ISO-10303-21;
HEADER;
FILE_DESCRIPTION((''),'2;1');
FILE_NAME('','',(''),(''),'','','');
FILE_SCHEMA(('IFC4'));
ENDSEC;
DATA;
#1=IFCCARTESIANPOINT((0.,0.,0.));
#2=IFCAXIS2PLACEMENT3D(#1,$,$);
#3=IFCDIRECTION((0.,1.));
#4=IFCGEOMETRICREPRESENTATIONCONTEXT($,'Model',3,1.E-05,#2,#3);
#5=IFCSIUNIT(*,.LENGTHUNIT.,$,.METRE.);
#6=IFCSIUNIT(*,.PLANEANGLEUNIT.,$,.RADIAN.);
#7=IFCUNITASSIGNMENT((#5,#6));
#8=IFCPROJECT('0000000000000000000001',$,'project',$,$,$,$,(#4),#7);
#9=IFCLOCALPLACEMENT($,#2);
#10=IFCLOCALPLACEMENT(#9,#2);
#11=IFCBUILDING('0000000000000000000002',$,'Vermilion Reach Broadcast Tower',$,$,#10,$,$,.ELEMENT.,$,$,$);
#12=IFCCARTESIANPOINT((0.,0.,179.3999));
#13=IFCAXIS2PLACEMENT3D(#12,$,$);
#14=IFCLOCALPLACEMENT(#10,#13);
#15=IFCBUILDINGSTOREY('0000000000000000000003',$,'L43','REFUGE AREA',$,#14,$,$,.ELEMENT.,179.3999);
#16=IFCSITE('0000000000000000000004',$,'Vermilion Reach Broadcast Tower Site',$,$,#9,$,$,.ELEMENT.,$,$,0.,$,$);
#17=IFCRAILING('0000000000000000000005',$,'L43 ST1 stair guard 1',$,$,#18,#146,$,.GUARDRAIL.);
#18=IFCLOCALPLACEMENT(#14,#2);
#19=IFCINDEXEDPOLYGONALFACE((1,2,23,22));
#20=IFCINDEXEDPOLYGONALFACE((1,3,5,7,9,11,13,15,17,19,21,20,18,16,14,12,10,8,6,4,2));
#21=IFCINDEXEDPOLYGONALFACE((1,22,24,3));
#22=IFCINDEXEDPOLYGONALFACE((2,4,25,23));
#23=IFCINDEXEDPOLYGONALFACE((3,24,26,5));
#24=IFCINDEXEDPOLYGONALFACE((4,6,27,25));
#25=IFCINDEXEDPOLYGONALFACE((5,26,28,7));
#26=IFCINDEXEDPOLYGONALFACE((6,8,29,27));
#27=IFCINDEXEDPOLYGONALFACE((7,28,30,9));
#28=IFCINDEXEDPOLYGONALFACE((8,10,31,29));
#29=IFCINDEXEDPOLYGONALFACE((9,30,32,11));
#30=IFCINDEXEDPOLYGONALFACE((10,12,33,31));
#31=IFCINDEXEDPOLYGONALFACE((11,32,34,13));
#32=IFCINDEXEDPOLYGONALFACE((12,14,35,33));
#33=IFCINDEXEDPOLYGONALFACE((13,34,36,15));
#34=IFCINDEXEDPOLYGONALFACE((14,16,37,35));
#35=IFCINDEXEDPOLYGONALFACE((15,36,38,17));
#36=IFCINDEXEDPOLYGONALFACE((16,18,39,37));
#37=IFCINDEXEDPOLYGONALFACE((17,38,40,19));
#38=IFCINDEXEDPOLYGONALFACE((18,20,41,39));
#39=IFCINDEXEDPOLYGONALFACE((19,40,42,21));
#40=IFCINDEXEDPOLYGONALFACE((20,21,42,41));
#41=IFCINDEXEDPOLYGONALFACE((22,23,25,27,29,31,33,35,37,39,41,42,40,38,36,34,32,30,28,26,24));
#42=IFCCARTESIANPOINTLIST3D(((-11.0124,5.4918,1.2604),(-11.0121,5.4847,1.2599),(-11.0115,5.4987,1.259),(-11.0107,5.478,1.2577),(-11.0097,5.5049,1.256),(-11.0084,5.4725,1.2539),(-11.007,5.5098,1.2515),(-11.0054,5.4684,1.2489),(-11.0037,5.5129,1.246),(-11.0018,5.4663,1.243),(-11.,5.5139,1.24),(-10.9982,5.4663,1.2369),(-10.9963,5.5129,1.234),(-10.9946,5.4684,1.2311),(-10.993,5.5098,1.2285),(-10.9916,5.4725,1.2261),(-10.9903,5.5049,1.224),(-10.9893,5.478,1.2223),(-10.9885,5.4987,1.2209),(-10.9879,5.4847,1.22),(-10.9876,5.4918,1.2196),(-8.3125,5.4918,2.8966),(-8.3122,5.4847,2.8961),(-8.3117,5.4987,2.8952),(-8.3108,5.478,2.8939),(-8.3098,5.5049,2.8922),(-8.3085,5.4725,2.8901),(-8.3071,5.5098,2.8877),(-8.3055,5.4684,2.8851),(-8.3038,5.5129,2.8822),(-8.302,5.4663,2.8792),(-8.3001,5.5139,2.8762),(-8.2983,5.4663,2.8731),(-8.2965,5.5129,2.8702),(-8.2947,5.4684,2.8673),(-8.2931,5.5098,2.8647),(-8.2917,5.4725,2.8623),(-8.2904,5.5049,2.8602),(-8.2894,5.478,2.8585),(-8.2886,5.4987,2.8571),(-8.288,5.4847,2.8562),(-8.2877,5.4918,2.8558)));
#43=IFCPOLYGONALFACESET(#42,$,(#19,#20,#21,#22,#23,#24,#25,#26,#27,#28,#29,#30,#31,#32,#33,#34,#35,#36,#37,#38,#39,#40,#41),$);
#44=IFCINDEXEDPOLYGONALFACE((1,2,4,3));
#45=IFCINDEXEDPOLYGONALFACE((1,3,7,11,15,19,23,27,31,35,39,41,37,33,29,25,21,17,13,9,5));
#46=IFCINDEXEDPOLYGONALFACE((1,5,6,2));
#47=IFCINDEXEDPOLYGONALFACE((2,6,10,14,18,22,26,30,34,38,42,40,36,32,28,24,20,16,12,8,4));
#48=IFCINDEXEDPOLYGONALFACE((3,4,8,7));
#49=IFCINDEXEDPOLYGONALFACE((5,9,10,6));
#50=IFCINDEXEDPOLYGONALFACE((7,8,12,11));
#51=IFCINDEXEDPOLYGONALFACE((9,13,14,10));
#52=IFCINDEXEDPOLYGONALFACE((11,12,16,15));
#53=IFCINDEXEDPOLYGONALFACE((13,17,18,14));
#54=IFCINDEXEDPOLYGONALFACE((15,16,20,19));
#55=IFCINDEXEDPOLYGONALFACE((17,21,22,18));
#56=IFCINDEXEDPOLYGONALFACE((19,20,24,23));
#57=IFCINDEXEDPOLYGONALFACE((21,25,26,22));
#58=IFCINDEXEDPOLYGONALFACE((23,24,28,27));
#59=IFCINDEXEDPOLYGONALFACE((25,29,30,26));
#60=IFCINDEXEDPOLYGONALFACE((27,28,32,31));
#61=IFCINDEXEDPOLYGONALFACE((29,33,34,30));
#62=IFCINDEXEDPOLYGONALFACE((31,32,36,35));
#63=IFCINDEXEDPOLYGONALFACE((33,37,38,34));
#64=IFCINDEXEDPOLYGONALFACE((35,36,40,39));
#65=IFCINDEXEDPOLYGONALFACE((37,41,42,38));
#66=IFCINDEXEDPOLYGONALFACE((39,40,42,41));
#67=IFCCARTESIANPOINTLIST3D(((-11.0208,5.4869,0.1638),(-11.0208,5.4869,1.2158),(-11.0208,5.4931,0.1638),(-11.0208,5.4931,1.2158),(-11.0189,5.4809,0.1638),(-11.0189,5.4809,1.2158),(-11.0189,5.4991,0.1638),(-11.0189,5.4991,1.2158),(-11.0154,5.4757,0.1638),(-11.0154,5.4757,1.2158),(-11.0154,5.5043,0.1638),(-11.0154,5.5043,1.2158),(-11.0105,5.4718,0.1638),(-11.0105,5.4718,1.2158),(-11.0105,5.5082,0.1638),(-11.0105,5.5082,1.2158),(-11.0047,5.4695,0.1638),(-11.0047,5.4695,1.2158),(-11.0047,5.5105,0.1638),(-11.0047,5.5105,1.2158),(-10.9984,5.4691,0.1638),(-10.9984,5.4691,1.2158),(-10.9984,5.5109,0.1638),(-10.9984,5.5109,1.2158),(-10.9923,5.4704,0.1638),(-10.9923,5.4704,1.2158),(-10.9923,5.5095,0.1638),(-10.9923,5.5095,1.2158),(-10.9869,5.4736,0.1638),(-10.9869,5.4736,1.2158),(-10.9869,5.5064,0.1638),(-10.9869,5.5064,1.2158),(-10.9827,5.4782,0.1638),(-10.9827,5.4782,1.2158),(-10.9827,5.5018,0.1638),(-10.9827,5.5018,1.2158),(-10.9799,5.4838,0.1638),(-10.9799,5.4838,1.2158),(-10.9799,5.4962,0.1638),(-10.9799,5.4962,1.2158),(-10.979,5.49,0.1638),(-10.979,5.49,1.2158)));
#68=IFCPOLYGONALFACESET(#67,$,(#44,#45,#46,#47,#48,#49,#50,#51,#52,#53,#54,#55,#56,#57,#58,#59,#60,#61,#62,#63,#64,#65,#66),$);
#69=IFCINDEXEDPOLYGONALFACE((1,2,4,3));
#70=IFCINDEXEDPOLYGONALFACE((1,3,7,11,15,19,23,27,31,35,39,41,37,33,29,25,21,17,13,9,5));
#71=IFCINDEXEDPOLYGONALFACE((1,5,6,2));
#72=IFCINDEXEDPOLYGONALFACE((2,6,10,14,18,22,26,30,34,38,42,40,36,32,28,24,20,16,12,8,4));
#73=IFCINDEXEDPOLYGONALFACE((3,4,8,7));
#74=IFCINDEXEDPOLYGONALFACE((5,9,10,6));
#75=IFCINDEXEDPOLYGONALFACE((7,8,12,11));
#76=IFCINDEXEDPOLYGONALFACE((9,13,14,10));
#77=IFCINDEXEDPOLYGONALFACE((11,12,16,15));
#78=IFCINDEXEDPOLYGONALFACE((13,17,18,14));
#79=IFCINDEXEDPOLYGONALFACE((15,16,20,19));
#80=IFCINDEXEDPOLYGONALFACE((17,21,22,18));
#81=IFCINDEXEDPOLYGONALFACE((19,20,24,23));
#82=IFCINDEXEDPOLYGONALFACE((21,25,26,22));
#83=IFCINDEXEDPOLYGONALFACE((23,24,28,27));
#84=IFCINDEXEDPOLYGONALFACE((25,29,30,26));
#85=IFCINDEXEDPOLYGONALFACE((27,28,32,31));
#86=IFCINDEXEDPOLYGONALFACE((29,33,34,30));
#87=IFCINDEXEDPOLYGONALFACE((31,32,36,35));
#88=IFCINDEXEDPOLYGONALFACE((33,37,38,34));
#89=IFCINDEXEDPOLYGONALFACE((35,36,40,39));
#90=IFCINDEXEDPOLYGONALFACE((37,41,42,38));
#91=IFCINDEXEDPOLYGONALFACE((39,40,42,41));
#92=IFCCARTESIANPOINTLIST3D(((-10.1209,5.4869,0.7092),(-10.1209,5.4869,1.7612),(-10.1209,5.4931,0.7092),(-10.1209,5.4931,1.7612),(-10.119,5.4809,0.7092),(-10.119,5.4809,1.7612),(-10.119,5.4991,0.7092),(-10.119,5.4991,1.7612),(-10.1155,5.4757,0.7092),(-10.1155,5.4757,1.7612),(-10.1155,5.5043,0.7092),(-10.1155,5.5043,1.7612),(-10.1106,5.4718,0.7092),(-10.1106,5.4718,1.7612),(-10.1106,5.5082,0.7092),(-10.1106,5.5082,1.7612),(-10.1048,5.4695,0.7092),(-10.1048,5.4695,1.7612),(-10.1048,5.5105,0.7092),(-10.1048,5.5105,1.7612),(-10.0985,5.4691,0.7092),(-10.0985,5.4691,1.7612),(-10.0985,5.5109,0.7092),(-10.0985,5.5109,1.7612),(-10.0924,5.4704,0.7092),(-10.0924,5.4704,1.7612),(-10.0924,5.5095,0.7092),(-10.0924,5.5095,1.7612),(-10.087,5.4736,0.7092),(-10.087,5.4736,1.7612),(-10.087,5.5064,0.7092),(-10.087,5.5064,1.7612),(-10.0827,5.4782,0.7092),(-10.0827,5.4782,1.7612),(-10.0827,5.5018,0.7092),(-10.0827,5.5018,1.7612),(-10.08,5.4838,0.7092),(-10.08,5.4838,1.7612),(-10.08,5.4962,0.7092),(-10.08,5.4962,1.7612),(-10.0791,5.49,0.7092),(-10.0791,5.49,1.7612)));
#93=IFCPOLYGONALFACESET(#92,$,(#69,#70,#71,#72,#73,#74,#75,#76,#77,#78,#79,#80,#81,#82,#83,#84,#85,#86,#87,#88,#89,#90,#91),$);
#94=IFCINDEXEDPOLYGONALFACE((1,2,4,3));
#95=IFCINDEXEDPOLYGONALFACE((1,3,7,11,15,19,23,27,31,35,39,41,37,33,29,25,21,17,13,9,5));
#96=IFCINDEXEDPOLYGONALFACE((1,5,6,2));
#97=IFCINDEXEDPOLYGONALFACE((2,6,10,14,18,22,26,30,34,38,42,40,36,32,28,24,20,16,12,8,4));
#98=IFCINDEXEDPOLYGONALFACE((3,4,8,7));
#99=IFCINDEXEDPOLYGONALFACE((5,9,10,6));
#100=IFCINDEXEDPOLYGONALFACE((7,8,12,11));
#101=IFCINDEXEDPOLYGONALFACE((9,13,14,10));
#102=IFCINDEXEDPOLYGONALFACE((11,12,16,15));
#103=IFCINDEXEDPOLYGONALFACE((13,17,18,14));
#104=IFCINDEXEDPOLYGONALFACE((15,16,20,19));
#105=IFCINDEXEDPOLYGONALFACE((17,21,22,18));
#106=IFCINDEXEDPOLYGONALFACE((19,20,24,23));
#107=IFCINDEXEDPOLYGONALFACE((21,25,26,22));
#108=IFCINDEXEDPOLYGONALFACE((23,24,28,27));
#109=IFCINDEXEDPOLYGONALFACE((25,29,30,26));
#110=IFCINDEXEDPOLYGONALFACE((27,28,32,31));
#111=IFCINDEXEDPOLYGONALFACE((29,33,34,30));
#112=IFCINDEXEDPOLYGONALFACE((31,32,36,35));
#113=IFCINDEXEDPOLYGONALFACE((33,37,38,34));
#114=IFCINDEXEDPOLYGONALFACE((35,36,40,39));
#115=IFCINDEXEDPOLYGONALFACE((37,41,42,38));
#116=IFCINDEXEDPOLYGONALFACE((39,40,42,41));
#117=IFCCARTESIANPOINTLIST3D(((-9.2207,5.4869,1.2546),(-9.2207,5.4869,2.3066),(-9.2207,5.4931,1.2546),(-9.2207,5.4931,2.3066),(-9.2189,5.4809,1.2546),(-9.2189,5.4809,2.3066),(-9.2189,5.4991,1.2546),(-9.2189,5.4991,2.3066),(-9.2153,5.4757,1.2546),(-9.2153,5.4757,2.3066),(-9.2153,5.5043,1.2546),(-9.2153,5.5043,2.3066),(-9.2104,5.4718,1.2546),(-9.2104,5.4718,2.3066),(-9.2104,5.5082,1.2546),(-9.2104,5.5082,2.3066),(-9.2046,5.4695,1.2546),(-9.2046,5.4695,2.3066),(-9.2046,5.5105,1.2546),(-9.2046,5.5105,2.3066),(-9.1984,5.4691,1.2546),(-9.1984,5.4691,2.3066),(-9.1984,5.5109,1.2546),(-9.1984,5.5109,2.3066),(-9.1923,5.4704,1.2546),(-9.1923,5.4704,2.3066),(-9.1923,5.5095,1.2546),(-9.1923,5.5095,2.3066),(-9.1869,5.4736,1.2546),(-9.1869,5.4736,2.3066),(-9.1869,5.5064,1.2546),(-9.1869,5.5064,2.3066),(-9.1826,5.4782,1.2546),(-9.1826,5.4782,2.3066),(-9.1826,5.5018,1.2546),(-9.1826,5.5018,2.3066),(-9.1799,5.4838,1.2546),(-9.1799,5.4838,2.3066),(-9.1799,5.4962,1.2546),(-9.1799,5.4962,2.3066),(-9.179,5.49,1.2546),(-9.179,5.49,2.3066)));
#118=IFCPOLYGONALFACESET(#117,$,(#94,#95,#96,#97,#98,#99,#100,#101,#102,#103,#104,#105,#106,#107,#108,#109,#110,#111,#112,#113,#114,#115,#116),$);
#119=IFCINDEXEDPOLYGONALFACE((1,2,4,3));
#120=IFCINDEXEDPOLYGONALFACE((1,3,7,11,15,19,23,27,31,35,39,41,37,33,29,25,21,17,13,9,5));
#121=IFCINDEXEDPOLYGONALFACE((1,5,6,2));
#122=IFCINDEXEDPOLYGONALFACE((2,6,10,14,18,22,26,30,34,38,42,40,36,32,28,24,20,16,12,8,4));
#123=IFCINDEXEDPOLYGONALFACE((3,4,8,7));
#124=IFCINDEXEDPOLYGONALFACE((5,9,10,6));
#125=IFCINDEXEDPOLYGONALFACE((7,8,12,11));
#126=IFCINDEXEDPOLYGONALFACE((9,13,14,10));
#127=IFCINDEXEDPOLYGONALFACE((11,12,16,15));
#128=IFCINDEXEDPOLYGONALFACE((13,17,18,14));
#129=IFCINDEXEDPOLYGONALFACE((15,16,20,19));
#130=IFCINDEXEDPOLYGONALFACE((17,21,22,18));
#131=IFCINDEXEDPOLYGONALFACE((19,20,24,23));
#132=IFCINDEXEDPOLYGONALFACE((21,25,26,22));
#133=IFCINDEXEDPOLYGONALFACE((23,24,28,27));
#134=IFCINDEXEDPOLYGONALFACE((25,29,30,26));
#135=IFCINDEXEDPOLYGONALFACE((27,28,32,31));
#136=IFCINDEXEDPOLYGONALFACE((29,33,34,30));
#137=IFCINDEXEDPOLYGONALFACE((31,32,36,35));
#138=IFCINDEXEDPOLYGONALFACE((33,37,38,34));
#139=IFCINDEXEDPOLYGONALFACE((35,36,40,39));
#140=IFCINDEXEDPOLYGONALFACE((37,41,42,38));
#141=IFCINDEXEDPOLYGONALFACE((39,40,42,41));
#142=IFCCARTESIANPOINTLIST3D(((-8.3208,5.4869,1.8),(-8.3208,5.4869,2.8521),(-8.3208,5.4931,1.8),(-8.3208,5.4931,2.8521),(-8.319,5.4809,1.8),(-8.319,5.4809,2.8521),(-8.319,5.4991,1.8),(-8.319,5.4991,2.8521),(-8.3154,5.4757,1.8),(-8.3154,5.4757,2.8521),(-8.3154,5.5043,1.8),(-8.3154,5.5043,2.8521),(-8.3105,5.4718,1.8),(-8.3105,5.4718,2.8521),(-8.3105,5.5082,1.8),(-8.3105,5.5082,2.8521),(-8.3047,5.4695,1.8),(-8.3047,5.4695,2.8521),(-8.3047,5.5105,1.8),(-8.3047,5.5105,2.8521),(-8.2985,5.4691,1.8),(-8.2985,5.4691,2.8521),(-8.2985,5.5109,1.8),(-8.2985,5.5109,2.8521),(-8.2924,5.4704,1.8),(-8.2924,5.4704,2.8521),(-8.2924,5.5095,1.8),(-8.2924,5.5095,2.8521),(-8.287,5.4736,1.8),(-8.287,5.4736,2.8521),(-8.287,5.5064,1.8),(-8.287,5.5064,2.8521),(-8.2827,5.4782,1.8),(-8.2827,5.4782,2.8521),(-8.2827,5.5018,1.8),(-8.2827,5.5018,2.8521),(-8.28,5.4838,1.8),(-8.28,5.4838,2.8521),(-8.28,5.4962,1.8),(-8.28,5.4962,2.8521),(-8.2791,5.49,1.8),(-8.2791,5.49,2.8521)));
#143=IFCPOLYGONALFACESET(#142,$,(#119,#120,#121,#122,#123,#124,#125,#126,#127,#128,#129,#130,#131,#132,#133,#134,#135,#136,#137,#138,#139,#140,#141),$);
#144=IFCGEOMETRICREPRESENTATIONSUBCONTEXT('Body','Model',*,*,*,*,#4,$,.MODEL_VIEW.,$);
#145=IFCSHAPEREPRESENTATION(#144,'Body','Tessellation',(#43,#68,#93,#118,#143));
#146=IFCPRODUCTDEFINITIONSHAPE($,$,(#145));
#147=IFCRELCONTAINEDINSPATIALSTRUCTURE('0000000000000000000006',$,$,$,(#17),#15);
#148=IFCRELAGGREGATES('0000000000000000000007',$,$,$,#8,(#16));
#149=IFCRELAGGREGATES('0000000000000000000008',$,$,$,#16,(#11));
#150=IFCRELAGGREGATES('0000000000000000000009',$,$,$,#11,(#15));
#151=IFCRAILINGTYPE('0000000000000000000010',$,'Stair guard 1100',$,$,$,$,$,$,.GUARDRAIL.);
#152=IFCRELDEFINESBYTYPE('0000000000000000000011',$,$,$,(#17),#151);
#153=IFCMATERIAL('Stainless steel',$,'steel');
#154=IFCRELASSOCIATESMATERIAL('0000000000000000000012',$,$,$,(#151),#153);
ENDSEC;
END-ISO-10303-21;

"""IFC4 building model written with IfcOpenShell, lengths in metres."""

from ifc_helpers import new_model, si_unit, direction, frame, origin, origin_2d, place, context, subcontext, project, spatial, circle, extrude, material, type_object, element, save


model = new_model("IFC4")

# Units and contexts
model_context = context("Model", 3, precision=1e-05, world=origin(), true_north=direction((0.0, 1.0)))
body_context = subcontext(model_context, "Body", "Model", "MODEL_VIEW")
ifc_project = project(units=[si_unit("LENGTHUNIT", "METRE"), si_unit("PLANEANGLEUNIT", "RADIAN")], contexts=[model_context])

# Site, building, storey
site_placement = place(None, origin())
site = spatial("IfcSite", under=ifc_project, at=site_placement, Name="Vermilion Reach Broadcast Tower Site", CompositionType="ELEMENT", RefElevation=0.0)
building_placement = place(site_placement, origin())
building = spatial("IfcBuilding", under=site, at=building_placement, Name="Vermilion Reach Broadcast Tower", CompositionType="ELEMENT")
storey_placement = place(building_placement, frame((0.0, 0.0, 179.3999)))
storey = spatial("IfcBuildingStorey", under=building, at=storey_placement, Name="L43", Description="REFUGE AREA", CompositionType="ELEMENT", Elevation=179.3999)

# Railing
ifc_material_1 = material(Name="Stainless steel", Category="steel")
railing_type_1 = type_object("IfcRailingType", Name="Stair guard 1100", PredefinedType="GUARDRAIL", material=ifc_material_1)
railing_1_placement = place(storey_placement, frame((-11.0, 5.49, 0.1638)))
element("IfcRailing", 1, at=railing_1_placement, inside=storey, type_object=railing_type_1, Name="L43 ST1 stair guard 1", PredefinedType="GUARDRAIL", context=body_context, shape_type="SweptSolid", body=[
    extrude(circle(Radius=0.0239, at=origin_2d()), frame((0.0, 0.0, 1.0762), z_axis=(0.855212, 0.0, 0.518278), x_axis=(0.0, 1.0, 0.0)), (0.0, 0.0, 1.0), 3.157),
    extrude(circle(Radius=0.021, at=origin_2d()), origin(), (0.0, 0.0, 1.0), 1.052),
    extrude(circle(Radius=0.021, at=origin_2d()), frame((0.8999, 0.0, 0.5454)), (0.0, 0.0, 1.0), 1.052),
    extrude(circle(Radius=0.021, at=origin_2d()), frame((1.8, 0.0, 1.0908)), (0.0, 0.0, 1.0), 1.052),
    extrude(circle(Radius=0.021, at=origin_2d()), frame((2.7, 0.0, 1.6362)), (0.0, 0.0, 1.0), 1.052),
])

save(model, "model.ifc")
